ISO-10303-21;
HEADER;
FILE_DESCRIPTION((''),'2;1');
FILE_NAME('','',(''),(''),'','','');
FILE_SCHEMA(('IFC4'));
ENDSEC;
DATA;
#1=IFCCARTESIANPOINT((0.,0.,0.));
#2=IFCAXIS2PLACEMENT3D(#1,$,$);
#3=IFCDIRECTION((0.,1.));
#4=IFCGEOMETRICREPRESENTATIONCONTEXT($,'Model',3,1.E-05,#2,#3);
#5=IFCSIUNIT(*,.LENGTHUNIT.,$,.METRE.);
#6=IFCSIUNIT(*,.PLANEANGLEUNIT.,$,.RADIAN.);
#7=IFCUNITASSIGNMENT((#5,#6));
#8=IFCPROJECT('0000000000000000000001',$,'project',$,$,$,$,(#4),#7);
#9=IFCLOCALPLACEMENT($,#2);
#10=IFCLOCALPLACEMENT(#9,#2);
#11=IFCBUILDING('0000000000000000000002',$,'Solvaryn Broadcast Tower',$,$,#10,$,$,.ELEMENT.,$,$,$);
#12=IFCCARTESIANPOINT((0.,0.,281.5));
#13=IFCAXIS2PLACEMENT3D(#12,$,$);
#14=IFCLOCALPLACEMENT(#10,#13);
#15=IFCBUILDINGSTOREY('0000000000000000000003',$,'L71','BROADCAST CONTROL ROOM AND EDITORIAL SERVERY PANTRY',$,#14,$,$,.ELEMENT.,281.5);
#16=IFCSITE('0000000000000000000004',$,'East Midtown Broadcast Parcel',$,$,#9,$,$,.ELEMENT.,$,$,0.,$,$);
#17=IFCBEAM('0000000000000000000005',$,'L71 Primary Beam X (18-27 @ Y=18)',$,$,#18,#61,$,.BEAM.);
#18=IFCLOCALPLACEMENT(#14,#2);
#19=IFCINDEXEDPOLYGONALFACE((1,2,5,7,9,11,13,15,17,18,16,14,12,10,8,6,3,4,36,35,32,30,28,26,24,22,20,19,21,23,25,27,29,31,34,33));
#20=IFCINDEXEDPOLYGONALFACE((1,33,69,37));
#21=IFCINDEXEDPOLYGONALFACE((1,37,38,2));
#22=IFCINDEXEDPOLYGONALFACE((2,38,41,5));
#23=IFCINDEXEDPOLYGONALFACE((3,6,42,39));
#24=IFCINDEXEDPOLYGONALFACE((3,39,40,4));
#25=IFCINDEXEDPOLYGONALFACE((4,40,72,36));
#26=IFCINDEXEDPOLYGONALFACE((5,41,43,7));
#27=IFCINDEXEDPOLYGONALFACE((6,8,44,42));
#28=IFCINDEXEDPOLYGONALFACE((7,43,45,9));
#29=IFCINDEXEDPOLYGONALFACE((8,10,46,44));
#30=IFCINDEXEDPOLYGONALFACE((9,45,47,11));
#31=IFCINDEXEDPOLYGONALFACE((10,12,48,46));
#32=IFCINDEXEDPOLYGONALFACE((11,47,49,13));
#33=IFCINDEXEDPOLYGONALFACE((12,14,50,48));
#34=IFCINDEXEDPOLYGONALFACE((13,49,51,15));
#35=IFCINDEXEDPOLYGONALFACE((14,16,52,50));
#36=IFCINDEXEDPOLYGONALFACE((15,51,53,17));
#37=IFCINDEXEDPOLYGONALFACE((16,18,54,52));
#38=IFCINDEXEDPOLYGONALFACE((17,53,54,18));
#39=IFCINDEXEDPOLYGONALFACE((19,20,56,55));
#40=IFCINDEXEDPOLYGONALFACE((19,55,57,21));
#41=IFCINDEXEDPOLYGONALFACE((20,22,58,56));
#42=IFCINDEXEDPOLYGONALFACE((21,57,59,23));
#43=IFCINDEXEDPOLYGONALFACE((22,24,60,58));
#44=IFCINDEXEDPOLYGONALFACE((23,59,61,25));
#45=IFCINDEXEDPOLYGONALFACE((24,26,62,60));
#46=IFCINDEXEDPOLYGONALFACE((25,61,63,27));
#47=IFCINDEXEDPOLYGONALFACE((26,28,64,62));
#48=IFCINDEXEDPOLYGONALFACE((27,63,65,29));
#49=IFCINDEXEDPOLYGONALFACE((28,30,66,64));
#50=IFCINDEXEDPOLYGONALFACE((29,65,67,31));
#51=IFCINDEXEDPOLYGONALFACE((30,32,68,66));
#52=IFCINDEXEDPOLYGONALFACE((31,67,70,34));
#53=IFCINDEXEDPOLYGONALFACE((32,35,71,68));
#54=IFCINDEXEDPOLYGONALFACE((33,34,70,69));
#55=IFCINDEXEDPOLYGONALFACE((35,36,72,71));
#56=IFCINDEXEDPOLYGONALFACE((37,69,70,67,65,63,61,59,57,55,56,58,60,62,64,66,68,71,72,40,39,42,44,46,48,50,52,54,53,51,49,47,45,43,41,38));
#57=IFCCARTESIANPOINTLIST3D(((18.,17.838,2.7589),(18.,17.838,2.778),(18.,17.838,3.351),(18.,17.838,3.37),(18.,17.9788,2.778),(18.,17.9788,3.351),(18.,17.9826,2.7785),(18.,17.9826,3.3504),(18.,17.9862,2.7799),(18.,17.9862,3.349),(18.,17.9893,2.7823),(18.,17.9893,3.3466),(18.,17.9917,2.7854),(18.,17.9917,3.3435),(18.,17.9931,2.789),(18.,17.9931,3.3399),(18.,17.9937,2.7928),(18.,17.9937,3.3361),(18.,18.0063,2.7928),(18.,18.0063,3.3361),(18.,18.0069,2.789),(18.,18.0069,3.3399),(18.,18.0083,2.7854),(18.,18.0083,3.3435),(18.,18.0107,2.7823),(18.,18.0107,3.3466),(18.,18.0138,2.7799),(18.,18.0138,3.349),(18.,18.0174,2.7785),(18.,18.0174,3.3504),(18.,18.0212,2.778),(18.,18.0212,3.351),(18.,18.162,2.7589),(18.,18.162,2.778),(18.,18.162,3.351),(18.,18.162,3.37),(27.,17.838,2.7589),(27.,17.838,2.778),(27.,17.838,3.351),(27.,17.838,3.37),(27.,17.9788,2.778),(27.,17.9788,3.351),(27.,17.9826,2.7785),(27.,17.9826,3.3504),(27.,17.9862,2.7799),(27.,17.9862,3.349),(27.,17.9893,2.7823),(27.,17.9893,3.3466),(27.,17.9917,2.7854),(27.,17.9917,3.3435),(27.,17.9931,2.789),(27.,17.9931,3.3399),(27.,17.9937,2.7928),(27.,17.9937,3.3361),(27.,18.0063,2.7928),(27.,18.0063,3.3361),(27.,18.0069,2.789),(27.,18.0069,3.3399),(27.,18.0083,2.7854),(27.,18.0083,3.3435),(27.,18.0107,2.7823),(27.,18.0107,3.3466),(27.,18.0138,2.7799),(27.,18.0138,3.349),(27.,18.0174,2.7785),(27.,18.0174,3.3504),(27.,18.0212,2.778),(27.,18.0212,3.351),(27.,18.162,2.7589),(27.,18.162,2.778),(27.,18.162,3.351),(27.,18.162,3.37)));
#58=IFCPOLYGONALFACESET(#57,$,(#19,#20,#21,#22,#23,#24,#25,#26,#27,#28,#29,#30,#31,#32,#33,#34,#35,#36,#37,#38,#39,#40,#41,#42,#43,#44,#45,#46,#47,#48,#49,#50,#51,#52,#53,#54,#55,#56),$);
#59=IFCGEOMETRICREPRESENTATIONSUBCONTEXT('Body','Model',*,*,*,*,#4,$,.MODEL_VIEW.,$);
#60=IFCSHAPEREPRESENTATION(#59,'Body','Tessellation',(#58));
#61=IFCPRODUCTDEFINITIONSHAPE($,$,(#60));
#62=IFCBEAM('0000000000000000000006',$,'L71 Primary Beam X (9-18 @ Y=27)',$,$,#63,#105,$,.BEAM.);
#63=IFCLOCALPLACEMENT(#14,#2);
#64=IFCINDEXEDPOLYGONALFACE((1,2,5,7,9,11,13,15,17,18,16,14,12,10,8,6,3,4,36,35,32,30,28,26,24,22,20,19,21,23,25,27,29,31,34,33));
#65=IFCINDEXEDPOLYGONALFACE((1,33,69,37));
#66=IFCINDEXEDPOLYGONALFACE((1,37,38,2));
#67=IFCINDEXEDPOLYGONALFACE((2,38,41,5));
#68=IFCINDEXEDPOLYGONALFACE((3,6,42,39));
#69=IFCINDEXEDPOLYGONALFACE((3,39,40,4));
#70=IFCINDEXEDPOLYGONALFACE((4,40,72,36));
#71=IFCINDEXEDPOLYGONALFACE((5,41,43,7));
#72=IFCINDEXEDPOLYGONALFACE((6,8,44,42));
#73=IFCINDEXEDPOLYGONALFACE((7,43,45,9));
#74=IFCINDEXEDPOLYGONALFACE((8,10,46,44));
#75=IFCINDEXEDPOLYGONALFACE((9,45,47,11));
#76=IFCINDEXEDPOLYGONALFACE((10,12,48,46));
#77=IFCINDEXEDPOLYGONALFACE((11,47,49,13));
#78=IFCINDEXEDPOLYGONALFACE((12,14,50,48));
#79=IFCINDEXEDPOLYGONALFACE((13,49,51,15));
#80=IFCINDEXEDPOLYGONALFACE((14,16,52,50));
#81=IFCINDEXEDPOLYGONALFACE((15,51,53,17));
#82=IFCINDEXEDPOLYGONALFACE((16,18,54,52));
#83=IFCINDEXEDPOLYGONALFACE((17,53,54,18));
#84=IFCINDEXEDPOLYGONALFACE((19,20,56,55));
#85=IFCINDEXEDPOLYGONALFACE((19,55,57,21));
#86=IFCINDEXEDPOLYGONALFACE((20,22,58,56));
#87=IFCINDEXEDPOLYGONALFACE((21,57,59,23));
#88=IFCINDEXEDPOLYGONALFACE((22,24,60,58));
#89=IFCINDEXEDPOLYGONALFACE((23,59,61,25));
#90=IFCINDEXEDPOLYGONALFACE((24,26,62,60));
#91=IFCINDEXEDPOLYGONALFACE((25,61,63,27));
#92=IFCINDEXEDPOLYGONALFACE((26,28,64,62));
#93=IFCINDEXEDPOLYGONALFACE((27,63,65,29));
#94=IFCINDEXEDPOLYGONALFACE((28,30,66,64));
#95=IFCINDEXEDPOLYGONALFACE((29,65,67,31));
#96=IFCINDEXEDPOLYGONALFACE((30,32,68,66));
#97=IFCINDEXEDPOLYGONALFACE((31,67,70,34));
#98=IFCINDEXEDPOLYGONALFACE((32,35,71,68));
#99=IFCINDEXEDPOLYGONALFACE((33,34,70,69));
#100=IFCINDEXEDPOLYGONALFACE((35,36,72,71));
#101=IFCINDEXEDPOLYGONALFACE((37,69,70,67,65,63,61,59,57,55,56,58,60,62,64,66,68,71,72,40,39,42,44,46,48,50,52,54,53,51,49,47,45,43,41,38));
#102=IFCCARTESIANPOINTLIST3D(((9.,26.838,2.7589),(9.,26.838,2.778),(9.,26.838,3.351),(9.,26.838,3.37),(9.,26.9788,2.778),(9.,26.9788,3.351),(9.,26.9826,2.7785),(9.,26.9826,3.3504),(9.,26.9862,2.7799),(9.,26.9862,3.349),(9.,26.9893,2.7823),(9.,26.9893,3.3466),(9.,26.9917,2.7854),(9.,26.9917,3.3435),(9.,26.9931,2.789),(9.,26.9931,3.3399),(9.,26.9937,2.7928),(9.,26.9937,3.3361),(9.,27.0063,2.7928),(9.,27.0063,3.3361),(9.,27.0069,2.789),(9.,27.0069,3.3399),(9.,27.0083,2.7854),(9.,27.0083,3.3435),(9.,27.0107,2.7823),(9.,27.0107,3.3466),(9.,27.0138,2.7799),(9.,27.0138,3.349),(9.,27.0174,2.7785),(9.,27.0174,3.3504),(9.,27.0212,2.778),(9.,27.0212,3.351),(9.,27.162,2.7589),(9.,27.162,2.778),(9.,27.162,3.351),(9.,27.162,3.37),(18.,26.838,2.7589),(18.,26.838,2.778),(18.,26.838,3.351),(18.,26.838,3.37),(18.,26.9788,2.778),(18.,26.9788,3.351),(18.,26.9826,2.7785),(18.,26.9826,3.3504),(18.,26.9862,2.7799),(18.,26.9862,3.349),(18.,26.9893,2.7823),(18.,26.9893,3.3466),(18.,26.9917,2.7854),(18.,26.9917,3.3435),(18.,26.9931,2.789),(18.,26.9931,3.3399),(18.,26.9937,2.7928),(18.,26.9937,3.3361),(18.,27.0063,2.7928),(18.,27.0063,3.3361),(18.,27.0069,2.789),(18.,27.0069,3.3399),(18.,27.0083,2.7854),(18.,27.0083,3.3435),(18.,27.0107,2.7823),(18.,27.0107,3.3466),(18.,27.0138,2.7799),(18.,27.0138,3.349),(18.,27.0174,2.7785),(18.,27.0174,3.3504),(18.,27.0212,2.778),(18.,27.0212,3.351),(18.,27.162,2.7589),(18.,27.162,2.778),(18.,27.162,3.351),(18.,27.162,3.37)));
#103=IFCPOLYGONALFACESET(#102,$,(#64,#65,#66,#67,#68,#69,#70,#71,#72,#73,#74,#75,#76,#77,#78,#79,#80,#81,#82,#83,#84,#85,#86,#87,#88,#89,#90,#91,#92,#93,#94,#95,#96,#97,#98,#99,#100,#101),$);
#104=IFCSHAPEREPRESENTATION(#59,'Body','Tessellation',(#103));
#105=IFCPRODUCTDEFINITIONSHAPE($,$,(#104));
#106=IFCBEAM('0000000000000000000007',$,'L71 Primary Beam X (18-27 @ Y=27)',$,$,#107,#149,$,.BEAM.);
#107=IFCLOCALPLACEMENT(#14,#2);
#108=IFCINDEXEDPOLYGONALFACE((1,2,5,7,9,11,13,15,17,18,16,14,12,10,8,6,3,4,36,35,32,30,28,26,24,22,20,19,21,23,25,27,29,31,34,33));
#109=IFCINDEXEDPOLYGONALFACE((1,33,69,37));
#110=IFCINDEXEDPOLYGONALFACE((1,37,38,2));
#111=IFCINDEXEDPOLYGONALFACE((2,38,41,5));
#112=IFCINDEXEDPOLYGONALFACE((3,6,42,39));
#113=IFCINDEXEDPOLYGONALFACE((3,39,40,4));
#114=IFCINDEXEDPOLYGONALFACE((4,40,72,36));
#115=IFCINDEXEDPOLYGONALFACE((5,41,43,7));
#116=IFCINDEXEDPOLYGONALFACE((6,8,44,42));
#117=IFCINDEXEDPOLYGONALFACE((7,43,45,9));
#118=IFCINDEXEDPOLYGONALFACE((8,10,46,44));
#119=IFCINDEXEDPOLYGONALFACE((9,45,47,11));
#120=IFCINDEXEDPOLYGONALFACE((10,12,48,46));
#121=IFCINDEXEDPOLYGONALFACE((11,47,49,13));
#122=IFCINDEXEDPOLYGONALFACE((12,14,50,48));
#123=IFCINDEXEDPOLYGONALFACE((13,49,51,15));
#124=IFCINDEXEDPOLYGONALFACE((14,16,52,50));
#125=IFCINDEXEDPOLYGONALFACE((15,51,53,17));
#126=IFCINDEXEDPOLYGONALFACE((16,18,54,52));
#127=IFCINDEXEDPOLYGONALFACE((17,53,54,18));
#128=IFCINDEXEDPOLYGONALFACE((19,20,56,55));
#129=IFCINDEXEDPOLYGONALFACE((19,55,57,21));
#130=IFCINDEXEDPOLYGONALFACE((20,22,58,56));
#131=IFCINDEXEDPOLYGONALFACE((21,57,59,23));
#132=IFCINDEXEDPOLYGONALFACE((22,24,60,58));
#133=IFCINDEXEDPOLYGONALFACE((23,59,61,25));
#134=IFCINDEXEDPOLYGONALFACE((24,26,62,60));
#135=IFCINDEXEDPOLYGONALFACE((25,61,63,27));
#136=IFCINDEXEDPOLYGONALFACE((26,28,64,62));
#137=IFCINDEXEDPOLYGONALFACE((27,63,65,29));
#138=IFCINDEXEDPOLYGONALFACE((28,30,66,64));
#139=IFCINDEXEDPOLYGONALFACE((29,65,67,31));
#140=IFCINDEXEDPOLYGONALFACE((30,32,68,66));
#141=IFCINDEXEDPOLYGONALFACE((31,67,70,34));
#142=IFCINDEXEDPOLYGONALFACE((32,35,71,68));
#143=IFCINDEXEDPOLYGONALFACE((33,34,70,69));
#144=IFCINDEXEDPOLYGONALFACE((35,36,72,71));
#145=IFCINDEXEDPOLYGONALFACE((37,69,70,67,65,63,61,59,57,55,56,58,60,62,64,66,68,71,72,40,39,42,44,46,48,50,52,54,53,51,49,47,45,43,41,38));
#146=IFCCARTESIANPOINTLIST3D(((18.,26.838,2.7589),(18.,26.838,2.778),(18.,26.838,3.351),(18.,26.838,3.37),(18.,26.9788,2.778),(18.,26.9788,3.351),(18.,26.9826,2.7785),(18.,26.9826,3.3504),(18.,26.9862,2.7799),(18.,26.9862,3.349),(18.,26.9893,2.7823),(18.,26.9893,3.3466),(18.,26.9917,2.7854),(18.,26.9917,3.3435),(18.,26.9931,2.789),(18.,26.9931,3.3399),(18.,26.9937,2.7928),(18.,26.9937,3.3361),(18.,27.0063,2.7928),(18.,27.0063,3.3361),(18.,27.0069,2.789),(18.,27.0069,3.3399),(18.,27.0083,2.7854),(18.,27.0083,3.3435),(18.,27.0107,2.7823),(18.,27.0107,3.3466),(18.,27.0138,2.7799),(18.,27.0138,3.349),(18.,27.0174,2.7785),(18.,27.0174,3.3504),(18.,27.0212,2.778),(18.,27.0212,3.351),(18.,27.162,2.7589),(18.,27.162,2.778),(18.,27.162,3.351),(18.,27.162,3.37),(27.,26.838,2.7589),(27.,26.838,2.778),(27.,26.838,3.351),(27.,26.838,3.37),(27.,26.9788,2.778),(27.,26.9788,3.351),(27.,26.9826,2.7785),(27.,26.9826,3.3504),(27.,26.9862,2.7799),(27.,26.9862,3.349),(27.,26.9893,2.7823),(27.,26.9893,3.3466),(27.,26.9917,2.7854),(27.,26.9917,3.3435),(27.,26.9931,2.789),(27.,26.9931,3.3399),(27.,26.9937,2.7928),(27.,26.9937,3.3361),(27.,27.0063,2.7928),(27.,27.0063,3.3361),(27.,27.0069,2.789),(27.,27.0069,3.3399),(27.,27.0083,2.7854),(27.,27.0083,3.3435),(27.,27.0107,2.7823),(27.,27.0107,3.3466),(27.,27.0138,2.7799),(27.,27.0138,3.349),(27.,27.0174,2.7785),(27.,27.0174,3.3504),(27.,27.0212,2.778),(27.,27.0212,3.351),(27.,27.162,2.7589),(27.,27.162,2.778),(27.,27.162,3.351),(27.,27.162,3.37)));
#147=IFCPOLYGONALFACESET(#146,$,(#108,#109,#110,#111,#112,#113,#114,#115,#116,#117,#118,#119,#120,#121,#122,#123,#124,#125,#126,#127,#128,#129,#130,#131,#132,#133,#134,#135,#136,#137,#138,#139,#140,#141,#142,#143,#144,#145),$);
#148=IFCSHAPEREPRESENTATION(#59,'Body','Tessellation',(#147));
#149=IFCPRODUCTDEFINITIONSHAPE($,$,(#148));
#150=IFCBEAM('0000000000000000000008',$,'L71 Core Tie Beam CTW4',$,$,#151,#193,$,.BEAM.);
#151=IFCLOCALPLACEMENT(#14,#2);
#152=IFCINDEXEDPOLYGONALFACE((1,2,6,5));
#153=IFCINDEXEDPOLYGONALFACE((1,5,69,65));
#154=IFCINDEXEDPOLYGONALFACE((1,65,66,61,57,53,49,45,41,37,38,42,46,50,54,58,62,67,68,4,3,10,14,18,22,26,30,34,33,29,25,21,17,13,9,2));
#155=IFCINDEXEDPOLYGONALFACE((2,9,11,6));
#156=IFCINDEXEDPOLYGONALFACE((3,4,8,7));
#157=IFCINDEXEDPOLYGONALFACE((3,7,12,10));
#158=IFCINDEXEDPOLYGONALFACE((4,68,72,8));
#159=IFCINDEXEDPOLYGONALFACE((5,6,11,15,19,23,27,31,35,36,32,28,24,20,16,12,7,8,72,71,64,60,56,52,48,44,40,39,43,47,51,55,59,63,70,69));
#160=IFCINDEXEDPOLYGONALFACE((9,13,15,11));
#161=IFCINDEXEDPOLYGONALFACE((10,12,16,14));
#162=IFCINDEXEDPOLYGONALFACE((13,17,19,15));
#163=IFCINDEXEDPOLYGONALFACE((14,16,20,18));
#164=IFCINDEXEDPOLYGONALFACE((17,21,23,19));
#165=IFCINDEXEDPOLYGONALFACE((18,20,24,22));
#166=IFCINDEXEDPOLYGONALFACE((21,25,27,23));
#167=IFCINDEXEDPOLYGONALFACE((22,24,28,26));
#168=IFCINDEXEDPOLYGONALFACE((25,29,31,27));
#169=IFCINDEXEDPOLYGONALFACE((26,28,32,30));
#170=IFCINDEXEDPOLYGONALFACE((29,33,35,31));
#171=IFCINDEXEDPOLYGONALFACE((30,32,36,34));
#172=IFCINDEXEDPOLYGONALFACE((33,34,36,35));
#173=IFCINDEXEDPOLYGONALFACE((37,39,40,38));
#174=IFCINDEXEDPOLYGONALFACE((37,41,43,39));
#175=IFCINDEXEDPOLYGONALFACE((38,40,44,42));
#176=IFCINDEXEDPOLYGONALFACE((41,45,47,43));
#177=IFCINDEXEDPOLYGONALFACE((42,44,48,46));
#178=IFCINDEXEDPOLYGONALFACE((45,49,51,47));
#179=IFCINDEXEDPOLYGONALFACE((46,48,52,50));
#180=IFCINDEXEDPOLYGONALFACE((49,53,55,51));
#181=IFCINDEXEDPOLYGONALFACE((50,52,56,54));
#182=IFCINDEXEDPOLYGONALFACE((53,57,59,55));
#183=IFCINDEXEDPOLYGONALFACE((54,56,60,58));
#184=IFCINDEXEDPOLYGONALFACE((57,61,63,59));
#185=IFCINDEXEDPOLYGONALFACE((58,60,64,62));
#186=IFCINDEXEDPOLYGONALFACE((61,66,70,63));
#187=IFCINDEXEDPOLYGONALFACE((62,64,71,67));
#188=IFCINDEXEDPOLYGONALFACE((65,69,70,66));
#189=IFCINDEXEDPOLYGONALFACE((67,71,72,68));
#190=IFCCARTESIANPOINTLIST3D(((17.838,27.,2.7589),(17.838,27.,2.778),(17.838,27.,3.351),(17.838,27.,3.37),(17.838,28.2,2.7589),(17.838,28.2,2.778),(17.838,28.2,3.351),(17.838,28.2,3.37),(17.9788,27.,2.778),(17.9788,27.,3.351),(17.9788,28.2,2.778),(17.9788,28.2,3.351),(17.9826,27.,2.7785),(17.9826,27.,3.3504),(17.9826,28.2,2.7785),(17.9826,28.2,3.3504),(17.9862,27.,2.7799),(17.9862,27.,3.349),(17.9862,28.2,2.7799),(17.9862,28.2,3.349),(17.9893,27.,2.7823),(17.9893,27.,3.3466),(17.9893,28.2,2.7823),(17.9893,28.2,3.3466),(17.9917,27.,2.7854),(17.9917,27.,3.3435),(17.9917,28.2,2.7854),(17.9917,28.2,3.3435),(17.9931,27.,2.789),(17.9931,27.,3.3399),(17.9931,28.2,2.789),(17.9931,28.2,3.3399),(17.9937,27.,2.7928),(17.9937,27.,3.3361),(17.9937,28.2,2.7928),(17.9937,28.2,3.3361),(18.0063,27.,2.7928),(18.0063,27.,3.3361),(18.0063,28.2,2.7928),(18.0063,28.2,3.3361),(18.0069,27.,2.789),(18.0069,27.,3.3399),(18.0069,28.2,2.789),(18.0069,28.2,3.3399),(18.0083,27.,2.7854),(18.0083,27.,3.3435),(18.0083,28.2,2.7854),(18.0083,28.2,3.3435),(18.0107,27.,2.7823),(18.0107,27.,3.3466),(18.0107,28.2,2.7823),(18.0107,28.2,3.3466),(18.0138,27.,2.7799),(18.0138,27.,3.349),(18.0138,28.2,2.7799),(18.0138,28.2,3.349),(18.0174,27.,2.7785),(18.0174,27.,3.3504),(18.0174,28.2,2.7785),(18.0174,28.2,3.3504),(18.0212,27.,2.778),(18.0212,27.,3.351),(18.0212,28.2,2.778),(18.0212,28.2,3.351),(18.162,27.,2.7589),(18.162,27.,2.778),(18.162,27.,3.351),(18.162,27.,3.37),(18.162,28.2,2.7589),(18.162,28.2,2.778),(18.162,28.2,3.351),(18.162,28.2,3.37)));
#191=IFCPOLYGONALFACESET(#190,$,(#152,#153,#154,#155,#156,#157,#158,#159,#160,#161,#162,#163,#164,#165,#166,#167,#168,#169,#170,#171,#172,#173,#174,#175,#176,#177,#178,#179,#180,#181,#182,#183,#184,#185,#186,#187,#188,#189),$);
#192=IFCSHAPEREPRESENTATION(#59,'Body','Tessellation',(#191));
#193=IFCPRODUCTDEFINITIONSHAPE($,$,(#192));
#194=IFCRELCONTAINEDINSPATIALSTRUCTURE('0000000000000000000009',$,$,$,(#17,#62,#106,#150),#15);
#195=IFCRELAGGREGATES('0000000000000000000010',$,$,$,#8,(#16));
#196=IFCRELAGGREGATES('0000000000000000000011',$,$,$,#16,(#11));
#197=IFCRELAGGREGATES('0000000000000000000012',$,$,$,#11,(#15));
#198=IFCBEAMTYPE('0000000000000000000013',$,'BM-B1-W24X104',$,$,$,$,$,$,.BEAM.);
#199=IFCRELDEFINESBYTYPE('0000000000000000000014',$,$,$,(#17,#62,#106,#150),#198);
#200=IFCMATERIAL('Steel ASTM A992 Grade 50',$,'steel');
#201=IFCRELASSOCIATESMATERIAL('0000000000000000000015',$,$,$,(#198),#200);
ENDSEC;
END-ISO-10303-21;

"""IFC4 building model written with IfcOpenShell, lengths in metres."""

from ifc_helpers import new_model, si_unit, direction, frame, origin, origin_2d, place, context, subcontext, project, spatial, i_section, extrude, material, material_profile, profile_set, type_object, element, save


model = new_model("IFC4")

# Units and contexts
model_context = context("Model", 3, precision=1e-05, world=origin(), true_north=direction((0.0, 1.0)))
body_context = subcontext(model_context, "Body", "Model", "MODEL_VIEW")
ifc_project = project(units=[si_unit("LENGTHUNIT", "METRE"), si_unit("PLANEANGLEUNIT", "RADIAN")], contexts=[model_context])

# Site, building, storey
site_placement = place(None, origin())
site = spatial("IfcSite", under=ifc_project, at=site_placement, Name="East Midtown Broadcast Parcel", CompositionType="ELEMENT", RefElevation=0.0)
building_placement = place(site_placement, origin())
building = spatial("IfcBuilding", under=site, at=building_placement, Name="Solvaryn Broadcast Tower", CompositionType="ELEMENT")
storey_placement = place(building_placement, frame((0.0, 0.0, 281.5)))
storey = spatial("IfcBuildingStorey", under=building, at=storey_placement, Name="L71", Description="BROADCAST CONTROL ROOM AND EDITORIAL SERVERY PANTRY", CompositionType="ELEMENT", Elevation=281.5)

# Beams
ifc_material_1 = material(Name="Steel ASTM A992 Grade 50", Category="steel")
ifc_material_profile_1 = material_profile(ifc_material_1, i_section(OverallWidth=0.324, OverallDepth=0.6111, WebThickness=0.0127, FlangeThickness=0.019, FilletRadius=0.0149, at=origin_2d()))
ifc_profile_set_1 = profile_set([ifc_material_profile_1], Name="Steel ASTM A992 Grade 50")
beam_type_1 = type_object("IfcBeamType", Name="BM-B1-W24X104", PredefinedType="BEAM", material=ifc_profile_set_1)
for number, where, z_axis, x_axis, name in (
    (1, (18.0, 18.0, 3.0645), (1.0, 0.0, 0.0), (0.0, 1.0, 0.0), "L71 Primary Beam X (18-27 @ Y=18)"),
    (2, (9.0, 27.0, 3.0645), (1.0, 0.0, 0.0), (0.0, 1.0, 0.0), "L71 Primary Beam X (9-18 @ Y=27)"),
    (3, (18.0, 27.0, 3.0645), (1.0, 0.0, 0.0), (0.0, 1.0, 0.0), "L71 Primary Beam X (18-27 @ Y=27)"),
):
    element("IfcBeam", number, at=place(storey_placement, frame(where, z_axis=z_axis, x_axis=x_axis)), inside=storey, type_object=beam_type_1, Name=name, PredefinedType="BEAM", context=body_context, shape_type="SweptSolid", body=[
        extrude(i_section(OverallWidth=0.324, OverallDepth=0.6111, WebThickness=0.0127, FlangeThickness=0.019, FilletRadius=0.0149, at=origin_2d()), origin(), (0.0, 0.0, 1.0), 9.0),
    ])
beam_1_placement = place(storey_placement, frame((18.0, 27.0, 3.0645), z_axis=(0.0, 1.0, 0.0), x_axis=(-1.0, 0.0, 0.0)))
element("IfcBeam", 4, at=beam_1_placement, inside=storey, type_object=beam_type_1, Name="L71 Core Tie Beam CTW4", PredefinedType="BEAM", context=body_context, shape_type="SweptSolid", body=[
    extrude(i_section(OverallWidth=0.324, OverallDepth=0.6111, WebThickness=0.0127, FlangeThickness=0.019, FilletRadius=0.0149, at=origin_2d()), origin(), (0.0, 0.0, 1.0), 1.2),
])

save(model, "model.ifc")
